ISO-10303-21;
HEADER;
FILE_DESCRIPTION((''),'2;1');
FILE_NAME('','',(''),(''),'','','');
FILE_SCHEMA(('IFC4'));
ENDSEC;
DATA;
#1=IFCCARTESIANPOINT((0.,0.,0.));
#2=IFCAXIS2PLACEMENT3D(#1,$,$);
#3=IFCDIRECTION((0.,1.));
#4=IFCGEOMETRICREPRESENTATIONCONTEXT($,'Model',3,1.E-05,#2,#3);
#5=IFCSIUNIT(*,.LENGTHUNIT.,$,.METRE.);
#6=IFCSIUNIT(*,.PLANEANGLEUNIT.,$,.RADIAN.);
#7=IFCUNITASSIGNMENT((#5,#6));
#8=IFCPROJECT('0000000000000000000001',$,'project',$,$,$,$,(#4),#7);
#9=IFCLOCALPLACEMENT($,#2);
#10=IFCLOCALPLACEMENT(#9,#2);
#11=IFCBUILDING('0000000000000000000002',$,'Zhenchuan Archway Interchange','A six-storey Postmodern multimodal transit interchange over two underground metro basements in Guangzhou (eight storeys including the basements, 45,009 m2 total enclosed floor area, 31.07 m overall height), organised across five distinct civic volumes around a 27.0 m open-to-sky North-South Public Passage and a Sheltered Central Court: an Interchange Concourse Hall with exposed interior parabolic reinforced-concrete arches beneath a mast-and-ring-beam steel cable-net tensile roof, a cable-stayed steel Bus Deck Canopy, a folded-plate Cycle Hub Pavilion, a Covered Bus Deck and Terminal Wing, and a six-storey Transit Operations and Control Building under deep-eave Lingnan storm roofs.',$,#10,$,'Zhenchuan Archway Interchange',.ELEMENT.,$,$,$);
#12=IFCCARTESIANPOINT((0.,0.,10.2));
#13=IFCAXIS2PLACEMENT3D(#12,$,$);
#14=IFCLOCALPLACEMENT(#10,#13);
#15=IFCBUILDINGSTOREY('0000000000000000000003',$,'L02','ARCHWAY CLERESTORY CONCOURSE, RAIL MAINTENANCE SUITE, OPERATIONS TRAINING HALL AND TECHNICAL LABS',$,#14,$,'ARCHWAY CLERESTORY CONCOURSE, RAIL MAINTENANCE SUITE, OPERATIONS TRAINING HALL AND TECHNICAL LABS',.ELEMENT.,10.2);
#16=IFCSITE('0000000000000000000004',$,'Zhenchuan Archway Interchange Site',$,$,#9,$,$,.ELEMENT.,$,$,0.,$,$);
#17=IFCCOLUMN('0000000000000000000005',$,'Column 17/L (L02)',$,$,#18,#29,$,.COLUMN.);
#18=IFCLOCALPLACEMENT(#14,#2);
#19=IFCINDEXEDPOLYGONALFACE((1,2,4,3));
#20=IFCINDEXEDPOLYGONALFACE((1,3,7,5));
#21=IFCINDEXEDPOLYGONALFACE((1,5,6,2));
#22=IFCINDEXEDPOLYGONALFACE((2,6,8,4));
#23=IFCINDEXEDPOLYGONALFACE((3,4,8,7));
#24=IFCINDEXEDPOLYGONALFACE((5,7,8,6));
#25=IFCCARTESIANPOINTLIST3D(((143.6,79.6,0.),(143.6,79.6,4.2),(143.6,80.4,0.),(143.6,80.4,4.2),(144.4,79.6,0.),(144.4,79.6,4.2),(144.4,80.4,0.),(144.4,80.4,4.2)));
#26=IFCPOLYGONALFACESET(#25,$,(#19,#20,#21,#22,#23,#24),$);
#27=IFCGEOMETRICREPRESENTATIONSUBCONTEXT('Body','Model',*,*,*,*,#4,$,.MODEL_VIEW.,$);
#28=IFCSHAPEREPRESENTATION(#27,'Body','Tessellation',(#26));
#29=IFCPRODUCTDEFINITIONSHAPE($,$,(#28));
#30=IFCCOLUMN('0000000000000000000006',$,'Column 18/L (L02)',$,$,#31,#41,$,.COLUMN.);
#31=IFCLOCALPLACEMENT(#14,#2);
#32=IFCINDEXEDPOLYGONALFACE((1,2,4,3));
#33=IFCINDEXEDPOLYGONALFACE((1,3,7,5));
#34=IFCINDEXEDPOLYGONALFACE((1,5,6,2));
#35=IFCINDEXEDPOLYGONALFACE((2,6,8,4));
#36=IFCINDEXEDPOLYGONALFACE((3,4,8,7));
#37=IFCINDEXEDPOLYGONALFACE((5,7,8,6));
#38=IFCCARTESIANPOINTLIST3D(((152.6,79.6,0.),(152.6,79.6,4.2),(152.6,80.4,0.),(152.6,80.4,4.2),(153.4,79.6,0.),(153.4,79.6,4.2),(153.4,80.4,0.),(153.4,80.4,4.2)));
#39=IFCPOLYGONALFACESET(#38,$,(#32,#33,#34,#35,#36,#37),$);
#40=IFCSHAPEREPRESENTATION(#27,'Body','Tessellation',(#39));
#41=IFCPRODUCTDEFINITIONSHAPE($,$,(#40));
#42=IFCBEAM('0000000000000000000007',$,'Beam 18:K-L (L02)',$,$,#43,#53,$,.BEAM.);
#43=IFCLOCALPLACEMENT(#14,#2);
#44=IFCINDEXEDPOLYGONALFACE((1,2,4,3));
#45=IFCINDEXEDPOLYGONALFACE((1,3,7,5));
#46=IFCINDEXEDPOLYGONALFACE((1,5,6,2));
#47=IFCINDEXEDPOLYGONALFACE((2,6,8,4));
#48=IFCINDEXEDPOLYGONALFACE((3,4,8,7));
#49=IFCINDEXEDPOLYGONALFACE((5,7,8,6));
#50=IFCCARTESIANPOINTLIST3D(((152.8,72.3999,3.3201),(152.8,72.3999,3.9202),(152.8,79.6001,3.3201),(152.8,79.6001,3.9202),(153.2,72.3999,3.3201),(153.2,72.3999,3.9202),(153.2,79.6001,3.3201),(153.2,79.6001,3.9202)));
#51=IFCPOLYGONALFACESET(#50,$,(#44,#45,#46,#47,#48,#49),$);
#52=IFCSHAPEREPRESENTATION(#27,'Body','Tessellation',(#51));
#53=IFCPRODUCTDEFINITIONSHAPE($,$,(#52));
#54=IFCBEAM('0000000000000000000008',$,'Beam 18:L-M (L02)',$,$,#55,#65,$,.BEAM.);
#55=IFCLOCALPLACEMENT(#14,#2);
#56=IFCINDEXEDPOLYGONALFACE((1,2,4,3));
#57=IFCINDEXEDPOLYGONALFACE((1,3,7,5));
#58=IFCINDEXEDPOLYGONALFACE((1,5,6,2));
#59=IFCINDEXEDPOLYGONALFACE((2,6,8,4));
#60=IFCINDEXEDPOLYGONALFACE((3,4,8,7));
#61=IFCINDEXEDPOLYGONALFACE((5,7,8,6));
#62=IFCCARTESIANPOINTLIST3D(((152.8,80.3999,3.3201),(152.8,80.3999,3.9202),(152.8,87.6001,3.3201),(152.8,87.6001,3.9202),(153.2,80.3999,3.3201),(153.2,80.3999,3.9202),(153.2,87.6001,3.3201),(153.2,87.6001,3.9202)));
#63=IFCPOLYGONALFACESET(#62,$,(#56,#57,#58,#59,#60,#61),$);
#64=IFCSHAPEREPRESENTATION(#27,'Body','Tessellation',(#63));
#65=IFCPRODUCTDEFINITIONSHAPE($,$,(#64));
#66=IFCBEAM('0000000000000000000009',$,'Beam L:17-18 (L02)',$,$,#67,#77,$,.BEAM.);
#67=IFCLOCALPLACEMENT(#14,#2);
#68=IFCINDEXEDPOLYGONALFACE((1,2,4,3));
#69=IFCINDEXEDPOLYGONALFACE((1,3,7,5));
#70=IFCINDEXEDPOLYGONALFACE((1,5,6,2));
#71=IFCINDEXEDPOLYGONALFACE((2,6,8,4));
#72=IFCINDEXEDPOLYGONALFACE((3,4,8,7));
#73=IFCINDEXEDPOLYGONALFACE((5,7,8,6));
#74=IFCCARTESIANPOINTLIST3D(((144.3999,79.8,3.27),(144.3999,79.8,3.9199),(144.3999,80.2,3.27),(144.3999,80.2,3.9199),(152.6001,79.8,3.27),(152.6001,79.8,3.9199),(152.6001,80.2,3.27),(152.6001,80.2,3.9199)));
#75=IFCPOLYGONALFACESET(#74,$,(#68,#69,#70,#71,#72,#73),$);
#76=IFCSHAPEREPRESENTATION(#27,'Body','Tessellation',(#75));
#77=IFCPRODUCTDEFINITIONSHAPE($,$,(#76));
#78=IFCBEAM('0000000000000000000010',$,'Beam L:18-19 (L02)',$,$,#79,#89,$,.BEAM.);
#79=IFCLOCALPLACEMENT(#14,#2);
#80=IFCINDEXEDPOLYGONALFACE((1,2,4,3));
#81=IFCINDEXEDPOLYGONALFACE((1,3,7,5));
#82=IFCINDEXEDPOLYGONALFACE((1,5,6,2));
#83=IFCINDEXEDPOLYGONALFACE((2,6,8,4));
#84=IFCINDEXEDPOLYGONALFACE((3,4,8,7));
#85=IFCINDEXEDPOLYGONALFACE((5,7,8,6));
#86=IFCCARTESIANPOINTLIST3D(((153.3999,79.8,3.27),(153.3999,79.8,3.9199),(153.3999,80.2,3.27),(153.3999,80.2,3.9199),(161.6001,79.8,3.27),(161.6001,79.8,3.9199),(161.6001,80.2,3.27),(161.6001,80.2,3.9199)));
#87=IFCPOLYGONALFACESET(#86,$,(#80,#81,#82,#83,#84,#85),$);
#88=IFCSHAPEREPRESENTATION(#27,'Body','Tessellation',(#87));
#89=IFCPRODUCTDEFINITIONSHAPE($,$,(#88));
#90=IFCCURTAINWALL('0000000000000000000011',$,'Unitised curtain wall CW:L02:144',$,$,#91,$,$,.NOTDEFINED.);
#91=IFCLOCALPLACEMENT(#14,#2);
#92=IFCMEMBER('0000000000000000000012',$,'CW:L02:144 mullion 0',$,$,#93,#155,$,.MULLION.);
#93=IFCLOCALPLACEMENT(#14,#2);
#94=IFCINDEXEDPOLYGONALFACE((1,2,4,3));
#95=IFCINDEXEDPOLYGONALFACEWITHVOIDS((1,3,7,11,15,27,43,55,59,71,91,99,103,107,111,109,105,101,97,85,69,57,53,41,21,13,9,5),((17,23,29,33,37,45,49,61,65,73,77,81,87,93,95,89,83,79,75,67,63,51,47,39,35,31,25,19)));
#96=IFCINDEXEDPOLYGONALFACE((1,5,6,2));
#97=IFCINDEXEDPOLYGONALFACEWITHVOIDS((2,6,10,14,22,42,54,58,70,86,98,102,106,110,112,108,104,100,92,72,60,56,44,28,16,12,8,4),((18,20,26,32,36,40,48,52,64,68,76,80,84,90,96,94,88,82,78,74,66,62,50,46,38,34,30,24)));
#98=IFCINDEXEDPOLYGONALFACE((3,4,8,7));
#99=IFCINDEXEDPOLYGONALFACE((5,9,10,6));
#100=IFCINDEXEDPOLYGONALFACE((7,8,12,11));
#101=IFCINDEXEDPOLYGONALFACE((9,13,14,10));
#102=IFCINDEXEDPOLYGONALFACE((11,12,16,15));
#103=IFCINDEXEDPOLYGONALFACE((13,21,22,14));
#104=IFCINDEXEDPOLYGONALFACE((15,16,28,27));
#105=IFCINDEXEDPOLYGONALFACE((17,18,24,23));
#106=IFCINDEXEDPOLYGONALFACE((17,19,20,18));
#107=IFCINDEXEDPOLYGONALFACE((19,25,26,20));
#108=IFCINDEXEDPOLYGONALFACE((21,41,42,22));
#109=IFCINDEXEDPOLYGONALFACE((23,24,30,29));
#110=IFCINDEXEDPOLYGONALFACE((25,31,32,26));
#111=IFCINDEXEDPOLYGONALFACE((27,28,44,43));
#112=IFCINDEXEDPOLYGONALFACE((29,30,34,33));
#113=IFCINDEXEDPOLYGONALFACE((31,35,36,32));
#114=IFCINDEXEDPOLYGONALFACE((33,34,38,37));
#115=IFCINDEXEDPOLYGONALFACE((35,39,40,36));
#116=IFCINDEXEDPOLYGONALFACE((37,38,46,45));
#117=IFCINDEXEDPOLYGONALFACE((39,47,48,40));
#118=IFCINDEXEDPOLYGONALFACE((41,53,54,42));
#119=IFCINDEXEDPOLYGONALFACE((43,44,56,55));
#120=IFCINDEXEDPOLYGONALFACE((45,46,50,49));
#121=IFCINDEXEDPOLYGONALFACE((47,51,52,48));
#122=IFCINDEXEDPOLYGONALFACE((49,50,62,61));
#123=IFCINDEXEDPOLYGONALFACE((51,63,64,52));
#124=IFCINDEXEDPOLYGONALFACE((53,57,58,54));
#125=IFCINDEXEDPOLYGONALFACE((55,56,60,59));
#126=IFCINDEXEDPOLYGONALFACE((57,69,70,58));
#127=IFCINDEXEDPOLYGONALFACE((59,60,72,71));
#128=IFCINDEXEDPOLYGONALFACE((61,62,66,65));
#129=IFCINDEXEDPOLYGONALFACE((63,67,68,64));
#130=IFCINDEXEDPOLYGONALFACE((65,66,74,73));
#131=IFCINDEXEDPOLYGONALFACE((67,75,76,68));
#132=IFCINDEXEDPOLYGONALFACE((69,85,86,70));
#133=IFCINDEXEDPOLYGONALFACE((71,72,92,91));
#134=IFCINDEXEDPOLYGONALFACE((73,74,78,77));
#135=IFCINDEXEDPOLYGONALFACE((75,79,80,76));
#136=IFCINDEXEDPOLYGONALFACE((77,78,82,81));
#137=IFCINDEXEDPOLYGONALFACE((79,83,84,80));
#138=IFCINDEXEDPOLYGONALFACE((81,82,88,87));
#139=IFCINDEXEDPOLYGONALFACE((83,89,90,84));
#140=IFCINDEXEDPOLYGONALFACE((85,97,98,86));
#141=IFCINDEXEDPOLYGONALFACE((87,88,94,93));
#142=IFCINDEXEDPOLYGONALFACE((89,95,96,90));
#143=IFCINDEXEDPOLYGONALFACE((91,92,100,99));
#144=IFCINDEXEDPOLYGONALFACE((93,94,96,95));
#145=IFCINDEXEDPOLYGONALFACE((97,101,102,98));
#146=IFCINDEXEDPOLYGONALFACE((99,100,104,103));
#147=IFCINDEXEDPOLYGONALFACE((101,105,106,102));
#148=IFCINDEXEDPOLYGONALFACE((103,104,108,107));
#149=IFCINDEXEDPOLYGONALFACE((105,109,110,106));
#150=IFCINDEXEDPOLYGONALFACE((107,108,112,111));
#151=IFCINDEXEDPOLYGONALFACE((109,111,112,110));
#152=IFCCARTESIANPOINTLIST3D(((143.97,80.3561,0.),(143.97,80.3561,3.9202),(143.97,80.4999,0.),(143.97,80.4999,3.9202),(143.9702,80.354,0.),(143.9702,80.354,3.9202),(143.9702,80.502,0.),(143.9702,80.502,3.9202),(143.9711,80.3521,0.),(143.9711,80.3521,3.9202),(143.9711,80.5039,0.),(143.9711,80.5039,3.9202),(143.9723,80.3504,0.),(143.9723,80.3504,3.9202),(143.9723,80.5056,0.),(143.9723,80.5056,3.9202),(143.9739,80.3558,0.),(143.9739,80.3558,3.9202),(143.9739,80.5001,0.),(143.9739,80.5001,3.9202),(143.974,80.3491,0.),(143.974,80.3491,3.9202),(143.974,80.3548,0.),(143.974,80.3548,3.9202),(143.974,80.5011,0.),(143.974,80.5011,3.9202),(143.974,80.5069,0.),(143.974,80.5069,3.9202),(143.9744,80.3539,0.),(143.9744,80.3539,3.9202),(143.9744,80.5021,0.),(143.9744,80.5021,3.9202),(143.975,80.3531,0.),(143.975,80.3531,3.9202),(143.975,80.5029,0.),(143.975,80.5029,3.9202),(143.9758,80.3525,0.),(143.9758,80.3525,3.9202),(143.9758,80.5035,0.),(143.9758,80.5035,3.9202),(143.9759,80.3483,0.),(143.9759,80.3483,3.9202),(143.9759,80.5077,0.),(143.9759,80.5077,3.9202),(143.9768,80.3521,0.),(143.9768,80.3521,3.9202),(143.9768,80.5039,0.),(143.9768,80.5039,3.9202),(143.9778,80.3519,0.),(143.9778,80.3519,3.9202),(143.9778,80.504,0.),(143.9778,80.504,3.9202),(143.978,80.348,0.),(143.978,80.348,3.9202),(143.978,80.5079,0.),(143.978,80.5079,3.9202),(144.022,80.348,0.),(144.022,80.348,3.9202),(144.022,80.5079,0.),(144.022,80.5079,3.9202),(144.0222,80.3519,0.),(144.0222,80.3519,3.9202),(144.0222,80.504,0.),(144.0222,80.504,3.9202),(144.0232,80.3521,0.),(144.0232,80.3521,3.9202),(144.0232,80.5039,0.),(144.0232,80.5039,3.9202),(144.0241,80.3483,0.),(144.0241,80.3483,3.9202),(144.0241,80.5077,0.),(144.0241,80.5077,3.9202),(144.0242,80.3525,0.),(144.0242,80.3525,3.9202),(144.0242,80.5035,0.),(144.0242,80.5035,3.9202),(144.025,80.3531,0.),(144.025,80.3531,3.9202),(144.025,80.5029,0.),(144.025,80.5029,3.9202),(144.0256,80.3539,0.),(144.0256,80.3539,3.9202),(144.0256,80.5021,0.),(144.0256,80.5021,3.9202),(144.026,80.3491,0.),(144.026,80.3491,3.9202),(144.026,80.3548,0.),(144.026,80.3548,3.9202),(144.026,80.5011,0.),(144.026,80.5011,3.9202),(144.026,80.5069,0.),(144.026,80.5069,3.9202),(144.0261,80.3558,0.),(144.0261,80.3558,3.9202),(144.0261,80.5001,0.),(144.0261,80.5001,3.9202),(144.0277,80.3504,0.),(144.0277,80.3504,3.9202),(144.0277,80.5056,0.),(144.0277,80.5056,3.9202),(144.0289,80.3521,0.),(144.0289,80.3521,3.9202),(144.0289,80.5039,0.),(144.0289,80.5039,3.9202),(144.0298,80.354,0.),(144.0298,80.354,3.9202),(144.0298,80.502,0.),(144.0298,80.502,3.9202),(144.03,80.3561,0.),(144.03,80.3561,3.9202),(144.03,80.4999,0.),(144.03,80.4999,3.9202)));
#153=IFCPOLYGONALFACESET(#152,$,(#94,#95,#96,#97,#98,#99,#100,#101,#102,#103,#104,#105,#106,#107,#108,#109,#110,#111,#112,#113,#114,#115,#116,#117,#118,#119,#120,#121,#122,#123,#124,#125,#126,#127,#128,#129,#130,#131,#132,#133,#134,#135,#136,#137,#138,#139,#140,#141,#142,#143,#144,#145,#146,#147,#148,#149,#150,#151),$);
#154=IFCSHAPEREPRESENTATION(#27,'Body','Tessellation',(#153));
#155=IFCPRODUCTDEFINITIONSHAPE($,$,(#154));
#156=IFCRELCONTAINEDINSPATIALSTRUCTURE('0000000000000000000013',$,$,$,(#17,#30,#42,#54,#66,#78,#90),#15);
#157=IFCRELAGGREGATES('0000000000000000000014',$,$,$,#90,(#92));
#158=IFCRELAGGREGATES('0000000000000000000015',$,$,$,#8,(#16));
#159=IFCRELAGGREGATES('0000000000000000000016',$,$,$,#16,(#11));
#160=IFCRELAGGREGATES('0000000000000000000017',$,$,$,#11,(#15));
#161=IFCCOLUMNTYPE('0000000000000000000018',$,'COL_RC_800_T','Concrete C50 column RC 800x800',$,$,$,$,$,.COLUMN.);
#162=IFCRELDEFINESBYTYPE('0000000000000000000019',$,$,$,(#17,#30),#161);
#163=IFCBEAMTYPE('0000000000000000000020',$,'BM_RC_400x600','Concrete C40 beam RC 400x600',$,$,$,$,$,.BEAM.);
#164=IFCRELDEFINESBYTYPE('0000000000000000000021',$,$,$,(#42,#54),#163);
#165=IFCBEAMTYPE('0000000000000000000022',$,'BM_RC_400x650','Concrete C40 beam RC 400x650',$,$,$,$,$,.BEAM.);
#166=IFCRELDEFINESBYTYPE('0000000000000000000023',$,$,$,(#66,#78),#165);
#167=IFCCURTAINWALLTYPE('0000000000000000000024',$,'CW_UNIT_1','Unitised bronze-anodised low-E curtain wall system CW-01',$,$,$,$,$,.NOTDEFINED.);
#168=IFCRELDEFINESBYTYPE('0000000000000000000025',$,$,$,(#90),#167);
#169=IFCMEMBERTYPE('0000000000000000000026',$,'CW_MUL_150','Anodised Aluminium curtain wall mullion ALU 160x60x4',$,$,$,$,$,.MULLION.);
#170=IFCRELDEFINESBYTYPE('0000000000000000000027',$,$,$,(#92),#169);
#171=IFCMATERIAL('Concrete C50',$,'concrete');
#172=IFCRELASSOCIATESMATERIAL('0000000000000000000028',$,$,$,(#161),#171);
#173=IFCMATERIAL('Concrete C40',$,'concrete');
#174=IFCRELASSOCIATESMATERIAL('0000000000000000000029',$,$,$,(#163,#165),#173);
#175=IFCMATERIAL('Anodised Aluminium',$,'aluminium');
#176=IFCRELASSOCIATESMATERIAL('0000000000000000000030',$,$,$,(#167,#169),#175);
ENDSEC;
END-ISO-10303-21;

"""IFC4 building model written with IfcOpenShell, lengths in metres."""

from ifc_helpers import new_model, si_unit, direction, frame, origin, origin_2d, place, context, subcontext, project, spatial, rectangle, hollow_rectangle, extrude, material, material_profile, profile_set, type_object, element, aggregate, save


model = new_model("IFC4")

# Units and contexts
model_context = context("Model", 3, precision=1e-05, world=origin(), true_north=direction((0.0, 1.0)))
body_context = subcontext(model_context, "Body", "Model", "MODEL_VIEW")
ifc_project = project(units=[si_unit("LENGTHUNIT", "METRE"), si_unit("PLANEANGLEUNIT", "RADIAN")], contexts=[model_context])

# Site, building, storey
site_placement = place(None, origin())
site = spatial("IfcSite", under=ifc_project, at=site_placement, Name="Zhenchuan Archway Interchange Site", CompositionType="ELEMENT", RefElevation=0.0)
building_placement = place(site_placement, origin())
building = spatial("IfcBuilding", under=site, at=building_placement, Name="Zhenchuan Archway Interchange", Description="A six-storey Postmodern multimodal transit interchange over two underground metro basements in Guangzhou (eight storeys including the basements, 45,009 m2 total enclosed floor area, 31.07 m overall height), organised across five distinct civic volumes around a 27.0 m open-to-sky North-South Public Passage and a Sheltered Central Court: an Interchange Concourse Hall with exposed interior parabolic reinforced-concrete arches beneath a mast-and-ring-beam steel cable-net tensile roof, a cable-stayed steel Bus Deck Canopy, a folded-plate Cycle Hub Pavilion, a Covered Bus Deck and Terminal Wing, and a six-storey Transit Operations and Control Building under deep-eave Lingnan storm roofs.", LongName="Zhenchuan Archway Interchange", CompositionType="ELEMENT")
storey_placement = place(building_placement, frame((0.0, 0.0, 10.2)))
storey = spatial("IfcBuildingStorey", under=building, at=storey_placement, Name="L02", Description="ARCHWAY CLERESTORY CONCOURSE, RAIL MAINTENANCE SUITE, OPERATIONS TRAINING HALL AND TECHNICAL LABS", LongName="ARCHWAY CLERESTORY CONCOURSE, RAIL MAINTENANCE SUITE, OPERATIONS TRAINING HALL AND TECHNICAL LABS", CompositionType="ELEMENT", Elevation=10.2)

# Columns
ifc_material_1 = material(Name="Concrete C50", Category="concrete")
ifc_material_profile_1 = material_profile(ifc_material_1, rectangle(XDim=0.8, YDim=0.8, at=origin_2d()), Name="RC 800x800")
ifc_profile_set_1 = profile_set([ifc_material_profile_1], Name="Concrete C50")
column_type = type_object("IfcColumnType", Name="COL_RC_800_T", Description="Concrete C50 column RC 800x800", PredefinedType="COLUMN", material=ifc_profile_set_1)
for number, where, z_axis, x_axis, name in (
    (1, (144.0, 80.0, 0.0), (0.0, 0.0, 1.0), (1.0, 0.0, 0.0), "Column 17/L (L02)"),
    (2, (153.0, 80.0, 0.0), (0.0, 0.0, 1.0), (1.0, 0.0, 0.0), "Column 18/L (L02)"),
):
    element("IfcColumn", number, at=place(storey_placement, frame(where, z_axis=z_axis, x_axis=x_axis)), inside=storey, type_object=column_type, Name=name, PredefinedType="COLUMN", context=body_context, shape_type="SweptSolid", body=[
        extrude(rectangle(XDim=0.8, YDim=0.8, at=origin_2d()), origin(), (0.0, 0.0, 1.0), 4.2),
    ])

# Beams
ifc_material_2 = material(Name="Concrete C40", Category="concrete")
ifc_material_profile_2 = material_profile(ifc_material_2, rectangle(XDim=0.3999, YDim=0.6001, at=origin_2d()), Name="RC 400x600")
ifc_profile_set_2 = profile_set([ifc_material_profile_2], Name="Concrete C40")
beam_type_1 = type_object("IfcBeamType", Name="BM_RC_400x600", Description="Concrete C40 beam RC 400x600", PredefinedType="BEAM", material=ifc_profile_set_2)
for number, where, z_axis, x_axis, name in (
    (3, (153.0, 72.3999, 3.6201), (0.0, 1.0, 0.0), (-1.0, 0.0, 0.0), "Beam 18:K-L (L02)"),
    (4, (153.0, 80.3999, 3.6201), (0.0, 1.0, 0.0), (-1.0, 0.0, 0.0), "Beam 18:L-M (L02)"),
):
    element("IfcBeam", number, at=place(storey_placement, frame(where, z_axis=z_axis, x_axis=x_axis)), inside=storey, type_object=beam_type_1, Name=name, PredefinedType="BEAM", context=body_context, shape_type="SweptSolid", body=[
        extrude(rectangle(XDim=0.3999, YDim=0.6001, at=origin_2d()), origin(), (0.0, 0.0, 1.0), 7.2002),
    ])
ifc_material_profile_3 = material_profile(ifc_material_2, rectangle(XDim=0.3999, YDim=0.6499, at=origin_2d()), Name="RC 400x650")
ifc_profile_set_3 = profile_set([ifc_material_profile_3], Name="Concrete C40")
beam_type_2 = type_object("IfcBeamType", Name="BM_RC_400x650", Description="Concrete C40 beam RC 400x650", PredefinedType="BEAM", material=ifc_profile_set_3)
for number, where, z_axis, x_axis, name in (
    (5, (144.3999, 80.0, 3.595), (1.0, 0.0, 0.0), (0.0, 1.0, 0.0), "Beam L:17-18 (L02)"),
    (6, (153.3999, 80.0, 3.595), (1.0, 0.0, 0.0), (0.0, 1.0, 0.0), "Beam L:18-19 (L02)"),
):
    element("IfcBeam", number, at=place(storey_placement, frame(where, z_axis=z_axis, x_axis=x_axis)), inside=storey, type_object=beam_type_2, Name=name, PredefinedType="BEAM", context=body_context, shape_type="SweptSolid", body=[
        extrude(rectangle(XDim=0.3999, YDim=0.6499, at=origin_2d()), origin(), (0.0, 0.0, 1.0), 8.2002),
    ])

# Curtain wall, member
ifc_material_3 = material(Name="Anodised Aluminium", Category="aluminium")
curtain_wall_type = type_object("IfcCurtainWallType", Name="CW_UNIT_1", Description="Unitised bronze-anodised low-E curtain wall system CW-01", PredefinedType="NOTDEFINED", material=ifc_material_3)
curtain_wall_placement = place(storey_placement, origin())
curtain_wall = element("IfcCurtainWall", 7, at=curtain_wall_placement, inside=storey, type_object=curtain_wall_type, Name="Unitised curtain wall CW:L02:144", PredefinedType="NOTDEFINED")
ifc_material_profile_4 = material_profile(ifc_material_3, hollow_rectangle(XDim=0.0601, YDim=0.1599, WallThickness=0.0039, InnerFilletRadius=0.0039, OuterFilletRadius=0.0081, at=origin_2d()), Name="ALU 160x60x4")
ifc_profile_set_4 = profile_set([ifc_material_profile_4], Name="Anodised Aluminium")
member_type_1 = type_object("IfcMemberType", Name="CW_MUL_150", Description="Anodised Aluminium curtain wall mullion ALU 160x60x4", PredefinedType="MULLION", material=ifc_profile_set_4)
member_1_placement = place(storey_placement, frame((144.0, 80.428, 0.0), z_axis=(0.0, 0.0, 1.0), x_axis=(1.0, 0.0, 0.0)))
member_1 = element("IfcMember", 8, at=member_1_placement, type_object=member_type_1, Name="CW:L02:144 mullion 0", PredefinedType="MULLION", context=body_context, shape_type="SweptSolid", body=[
    extrude(hollow_rectangle(XDim=0.0601, YDim=0.1599, WallThickness=0.0039, InnerFilletRadius=0.0039, OuterFilletRadius=0.0081, at=origin_2d()), origin(), (0.0, 0.0, 1.0), 3.9202),
])

aggregate(curtain_wall, [member_1])

save(model, "model.ifc")
